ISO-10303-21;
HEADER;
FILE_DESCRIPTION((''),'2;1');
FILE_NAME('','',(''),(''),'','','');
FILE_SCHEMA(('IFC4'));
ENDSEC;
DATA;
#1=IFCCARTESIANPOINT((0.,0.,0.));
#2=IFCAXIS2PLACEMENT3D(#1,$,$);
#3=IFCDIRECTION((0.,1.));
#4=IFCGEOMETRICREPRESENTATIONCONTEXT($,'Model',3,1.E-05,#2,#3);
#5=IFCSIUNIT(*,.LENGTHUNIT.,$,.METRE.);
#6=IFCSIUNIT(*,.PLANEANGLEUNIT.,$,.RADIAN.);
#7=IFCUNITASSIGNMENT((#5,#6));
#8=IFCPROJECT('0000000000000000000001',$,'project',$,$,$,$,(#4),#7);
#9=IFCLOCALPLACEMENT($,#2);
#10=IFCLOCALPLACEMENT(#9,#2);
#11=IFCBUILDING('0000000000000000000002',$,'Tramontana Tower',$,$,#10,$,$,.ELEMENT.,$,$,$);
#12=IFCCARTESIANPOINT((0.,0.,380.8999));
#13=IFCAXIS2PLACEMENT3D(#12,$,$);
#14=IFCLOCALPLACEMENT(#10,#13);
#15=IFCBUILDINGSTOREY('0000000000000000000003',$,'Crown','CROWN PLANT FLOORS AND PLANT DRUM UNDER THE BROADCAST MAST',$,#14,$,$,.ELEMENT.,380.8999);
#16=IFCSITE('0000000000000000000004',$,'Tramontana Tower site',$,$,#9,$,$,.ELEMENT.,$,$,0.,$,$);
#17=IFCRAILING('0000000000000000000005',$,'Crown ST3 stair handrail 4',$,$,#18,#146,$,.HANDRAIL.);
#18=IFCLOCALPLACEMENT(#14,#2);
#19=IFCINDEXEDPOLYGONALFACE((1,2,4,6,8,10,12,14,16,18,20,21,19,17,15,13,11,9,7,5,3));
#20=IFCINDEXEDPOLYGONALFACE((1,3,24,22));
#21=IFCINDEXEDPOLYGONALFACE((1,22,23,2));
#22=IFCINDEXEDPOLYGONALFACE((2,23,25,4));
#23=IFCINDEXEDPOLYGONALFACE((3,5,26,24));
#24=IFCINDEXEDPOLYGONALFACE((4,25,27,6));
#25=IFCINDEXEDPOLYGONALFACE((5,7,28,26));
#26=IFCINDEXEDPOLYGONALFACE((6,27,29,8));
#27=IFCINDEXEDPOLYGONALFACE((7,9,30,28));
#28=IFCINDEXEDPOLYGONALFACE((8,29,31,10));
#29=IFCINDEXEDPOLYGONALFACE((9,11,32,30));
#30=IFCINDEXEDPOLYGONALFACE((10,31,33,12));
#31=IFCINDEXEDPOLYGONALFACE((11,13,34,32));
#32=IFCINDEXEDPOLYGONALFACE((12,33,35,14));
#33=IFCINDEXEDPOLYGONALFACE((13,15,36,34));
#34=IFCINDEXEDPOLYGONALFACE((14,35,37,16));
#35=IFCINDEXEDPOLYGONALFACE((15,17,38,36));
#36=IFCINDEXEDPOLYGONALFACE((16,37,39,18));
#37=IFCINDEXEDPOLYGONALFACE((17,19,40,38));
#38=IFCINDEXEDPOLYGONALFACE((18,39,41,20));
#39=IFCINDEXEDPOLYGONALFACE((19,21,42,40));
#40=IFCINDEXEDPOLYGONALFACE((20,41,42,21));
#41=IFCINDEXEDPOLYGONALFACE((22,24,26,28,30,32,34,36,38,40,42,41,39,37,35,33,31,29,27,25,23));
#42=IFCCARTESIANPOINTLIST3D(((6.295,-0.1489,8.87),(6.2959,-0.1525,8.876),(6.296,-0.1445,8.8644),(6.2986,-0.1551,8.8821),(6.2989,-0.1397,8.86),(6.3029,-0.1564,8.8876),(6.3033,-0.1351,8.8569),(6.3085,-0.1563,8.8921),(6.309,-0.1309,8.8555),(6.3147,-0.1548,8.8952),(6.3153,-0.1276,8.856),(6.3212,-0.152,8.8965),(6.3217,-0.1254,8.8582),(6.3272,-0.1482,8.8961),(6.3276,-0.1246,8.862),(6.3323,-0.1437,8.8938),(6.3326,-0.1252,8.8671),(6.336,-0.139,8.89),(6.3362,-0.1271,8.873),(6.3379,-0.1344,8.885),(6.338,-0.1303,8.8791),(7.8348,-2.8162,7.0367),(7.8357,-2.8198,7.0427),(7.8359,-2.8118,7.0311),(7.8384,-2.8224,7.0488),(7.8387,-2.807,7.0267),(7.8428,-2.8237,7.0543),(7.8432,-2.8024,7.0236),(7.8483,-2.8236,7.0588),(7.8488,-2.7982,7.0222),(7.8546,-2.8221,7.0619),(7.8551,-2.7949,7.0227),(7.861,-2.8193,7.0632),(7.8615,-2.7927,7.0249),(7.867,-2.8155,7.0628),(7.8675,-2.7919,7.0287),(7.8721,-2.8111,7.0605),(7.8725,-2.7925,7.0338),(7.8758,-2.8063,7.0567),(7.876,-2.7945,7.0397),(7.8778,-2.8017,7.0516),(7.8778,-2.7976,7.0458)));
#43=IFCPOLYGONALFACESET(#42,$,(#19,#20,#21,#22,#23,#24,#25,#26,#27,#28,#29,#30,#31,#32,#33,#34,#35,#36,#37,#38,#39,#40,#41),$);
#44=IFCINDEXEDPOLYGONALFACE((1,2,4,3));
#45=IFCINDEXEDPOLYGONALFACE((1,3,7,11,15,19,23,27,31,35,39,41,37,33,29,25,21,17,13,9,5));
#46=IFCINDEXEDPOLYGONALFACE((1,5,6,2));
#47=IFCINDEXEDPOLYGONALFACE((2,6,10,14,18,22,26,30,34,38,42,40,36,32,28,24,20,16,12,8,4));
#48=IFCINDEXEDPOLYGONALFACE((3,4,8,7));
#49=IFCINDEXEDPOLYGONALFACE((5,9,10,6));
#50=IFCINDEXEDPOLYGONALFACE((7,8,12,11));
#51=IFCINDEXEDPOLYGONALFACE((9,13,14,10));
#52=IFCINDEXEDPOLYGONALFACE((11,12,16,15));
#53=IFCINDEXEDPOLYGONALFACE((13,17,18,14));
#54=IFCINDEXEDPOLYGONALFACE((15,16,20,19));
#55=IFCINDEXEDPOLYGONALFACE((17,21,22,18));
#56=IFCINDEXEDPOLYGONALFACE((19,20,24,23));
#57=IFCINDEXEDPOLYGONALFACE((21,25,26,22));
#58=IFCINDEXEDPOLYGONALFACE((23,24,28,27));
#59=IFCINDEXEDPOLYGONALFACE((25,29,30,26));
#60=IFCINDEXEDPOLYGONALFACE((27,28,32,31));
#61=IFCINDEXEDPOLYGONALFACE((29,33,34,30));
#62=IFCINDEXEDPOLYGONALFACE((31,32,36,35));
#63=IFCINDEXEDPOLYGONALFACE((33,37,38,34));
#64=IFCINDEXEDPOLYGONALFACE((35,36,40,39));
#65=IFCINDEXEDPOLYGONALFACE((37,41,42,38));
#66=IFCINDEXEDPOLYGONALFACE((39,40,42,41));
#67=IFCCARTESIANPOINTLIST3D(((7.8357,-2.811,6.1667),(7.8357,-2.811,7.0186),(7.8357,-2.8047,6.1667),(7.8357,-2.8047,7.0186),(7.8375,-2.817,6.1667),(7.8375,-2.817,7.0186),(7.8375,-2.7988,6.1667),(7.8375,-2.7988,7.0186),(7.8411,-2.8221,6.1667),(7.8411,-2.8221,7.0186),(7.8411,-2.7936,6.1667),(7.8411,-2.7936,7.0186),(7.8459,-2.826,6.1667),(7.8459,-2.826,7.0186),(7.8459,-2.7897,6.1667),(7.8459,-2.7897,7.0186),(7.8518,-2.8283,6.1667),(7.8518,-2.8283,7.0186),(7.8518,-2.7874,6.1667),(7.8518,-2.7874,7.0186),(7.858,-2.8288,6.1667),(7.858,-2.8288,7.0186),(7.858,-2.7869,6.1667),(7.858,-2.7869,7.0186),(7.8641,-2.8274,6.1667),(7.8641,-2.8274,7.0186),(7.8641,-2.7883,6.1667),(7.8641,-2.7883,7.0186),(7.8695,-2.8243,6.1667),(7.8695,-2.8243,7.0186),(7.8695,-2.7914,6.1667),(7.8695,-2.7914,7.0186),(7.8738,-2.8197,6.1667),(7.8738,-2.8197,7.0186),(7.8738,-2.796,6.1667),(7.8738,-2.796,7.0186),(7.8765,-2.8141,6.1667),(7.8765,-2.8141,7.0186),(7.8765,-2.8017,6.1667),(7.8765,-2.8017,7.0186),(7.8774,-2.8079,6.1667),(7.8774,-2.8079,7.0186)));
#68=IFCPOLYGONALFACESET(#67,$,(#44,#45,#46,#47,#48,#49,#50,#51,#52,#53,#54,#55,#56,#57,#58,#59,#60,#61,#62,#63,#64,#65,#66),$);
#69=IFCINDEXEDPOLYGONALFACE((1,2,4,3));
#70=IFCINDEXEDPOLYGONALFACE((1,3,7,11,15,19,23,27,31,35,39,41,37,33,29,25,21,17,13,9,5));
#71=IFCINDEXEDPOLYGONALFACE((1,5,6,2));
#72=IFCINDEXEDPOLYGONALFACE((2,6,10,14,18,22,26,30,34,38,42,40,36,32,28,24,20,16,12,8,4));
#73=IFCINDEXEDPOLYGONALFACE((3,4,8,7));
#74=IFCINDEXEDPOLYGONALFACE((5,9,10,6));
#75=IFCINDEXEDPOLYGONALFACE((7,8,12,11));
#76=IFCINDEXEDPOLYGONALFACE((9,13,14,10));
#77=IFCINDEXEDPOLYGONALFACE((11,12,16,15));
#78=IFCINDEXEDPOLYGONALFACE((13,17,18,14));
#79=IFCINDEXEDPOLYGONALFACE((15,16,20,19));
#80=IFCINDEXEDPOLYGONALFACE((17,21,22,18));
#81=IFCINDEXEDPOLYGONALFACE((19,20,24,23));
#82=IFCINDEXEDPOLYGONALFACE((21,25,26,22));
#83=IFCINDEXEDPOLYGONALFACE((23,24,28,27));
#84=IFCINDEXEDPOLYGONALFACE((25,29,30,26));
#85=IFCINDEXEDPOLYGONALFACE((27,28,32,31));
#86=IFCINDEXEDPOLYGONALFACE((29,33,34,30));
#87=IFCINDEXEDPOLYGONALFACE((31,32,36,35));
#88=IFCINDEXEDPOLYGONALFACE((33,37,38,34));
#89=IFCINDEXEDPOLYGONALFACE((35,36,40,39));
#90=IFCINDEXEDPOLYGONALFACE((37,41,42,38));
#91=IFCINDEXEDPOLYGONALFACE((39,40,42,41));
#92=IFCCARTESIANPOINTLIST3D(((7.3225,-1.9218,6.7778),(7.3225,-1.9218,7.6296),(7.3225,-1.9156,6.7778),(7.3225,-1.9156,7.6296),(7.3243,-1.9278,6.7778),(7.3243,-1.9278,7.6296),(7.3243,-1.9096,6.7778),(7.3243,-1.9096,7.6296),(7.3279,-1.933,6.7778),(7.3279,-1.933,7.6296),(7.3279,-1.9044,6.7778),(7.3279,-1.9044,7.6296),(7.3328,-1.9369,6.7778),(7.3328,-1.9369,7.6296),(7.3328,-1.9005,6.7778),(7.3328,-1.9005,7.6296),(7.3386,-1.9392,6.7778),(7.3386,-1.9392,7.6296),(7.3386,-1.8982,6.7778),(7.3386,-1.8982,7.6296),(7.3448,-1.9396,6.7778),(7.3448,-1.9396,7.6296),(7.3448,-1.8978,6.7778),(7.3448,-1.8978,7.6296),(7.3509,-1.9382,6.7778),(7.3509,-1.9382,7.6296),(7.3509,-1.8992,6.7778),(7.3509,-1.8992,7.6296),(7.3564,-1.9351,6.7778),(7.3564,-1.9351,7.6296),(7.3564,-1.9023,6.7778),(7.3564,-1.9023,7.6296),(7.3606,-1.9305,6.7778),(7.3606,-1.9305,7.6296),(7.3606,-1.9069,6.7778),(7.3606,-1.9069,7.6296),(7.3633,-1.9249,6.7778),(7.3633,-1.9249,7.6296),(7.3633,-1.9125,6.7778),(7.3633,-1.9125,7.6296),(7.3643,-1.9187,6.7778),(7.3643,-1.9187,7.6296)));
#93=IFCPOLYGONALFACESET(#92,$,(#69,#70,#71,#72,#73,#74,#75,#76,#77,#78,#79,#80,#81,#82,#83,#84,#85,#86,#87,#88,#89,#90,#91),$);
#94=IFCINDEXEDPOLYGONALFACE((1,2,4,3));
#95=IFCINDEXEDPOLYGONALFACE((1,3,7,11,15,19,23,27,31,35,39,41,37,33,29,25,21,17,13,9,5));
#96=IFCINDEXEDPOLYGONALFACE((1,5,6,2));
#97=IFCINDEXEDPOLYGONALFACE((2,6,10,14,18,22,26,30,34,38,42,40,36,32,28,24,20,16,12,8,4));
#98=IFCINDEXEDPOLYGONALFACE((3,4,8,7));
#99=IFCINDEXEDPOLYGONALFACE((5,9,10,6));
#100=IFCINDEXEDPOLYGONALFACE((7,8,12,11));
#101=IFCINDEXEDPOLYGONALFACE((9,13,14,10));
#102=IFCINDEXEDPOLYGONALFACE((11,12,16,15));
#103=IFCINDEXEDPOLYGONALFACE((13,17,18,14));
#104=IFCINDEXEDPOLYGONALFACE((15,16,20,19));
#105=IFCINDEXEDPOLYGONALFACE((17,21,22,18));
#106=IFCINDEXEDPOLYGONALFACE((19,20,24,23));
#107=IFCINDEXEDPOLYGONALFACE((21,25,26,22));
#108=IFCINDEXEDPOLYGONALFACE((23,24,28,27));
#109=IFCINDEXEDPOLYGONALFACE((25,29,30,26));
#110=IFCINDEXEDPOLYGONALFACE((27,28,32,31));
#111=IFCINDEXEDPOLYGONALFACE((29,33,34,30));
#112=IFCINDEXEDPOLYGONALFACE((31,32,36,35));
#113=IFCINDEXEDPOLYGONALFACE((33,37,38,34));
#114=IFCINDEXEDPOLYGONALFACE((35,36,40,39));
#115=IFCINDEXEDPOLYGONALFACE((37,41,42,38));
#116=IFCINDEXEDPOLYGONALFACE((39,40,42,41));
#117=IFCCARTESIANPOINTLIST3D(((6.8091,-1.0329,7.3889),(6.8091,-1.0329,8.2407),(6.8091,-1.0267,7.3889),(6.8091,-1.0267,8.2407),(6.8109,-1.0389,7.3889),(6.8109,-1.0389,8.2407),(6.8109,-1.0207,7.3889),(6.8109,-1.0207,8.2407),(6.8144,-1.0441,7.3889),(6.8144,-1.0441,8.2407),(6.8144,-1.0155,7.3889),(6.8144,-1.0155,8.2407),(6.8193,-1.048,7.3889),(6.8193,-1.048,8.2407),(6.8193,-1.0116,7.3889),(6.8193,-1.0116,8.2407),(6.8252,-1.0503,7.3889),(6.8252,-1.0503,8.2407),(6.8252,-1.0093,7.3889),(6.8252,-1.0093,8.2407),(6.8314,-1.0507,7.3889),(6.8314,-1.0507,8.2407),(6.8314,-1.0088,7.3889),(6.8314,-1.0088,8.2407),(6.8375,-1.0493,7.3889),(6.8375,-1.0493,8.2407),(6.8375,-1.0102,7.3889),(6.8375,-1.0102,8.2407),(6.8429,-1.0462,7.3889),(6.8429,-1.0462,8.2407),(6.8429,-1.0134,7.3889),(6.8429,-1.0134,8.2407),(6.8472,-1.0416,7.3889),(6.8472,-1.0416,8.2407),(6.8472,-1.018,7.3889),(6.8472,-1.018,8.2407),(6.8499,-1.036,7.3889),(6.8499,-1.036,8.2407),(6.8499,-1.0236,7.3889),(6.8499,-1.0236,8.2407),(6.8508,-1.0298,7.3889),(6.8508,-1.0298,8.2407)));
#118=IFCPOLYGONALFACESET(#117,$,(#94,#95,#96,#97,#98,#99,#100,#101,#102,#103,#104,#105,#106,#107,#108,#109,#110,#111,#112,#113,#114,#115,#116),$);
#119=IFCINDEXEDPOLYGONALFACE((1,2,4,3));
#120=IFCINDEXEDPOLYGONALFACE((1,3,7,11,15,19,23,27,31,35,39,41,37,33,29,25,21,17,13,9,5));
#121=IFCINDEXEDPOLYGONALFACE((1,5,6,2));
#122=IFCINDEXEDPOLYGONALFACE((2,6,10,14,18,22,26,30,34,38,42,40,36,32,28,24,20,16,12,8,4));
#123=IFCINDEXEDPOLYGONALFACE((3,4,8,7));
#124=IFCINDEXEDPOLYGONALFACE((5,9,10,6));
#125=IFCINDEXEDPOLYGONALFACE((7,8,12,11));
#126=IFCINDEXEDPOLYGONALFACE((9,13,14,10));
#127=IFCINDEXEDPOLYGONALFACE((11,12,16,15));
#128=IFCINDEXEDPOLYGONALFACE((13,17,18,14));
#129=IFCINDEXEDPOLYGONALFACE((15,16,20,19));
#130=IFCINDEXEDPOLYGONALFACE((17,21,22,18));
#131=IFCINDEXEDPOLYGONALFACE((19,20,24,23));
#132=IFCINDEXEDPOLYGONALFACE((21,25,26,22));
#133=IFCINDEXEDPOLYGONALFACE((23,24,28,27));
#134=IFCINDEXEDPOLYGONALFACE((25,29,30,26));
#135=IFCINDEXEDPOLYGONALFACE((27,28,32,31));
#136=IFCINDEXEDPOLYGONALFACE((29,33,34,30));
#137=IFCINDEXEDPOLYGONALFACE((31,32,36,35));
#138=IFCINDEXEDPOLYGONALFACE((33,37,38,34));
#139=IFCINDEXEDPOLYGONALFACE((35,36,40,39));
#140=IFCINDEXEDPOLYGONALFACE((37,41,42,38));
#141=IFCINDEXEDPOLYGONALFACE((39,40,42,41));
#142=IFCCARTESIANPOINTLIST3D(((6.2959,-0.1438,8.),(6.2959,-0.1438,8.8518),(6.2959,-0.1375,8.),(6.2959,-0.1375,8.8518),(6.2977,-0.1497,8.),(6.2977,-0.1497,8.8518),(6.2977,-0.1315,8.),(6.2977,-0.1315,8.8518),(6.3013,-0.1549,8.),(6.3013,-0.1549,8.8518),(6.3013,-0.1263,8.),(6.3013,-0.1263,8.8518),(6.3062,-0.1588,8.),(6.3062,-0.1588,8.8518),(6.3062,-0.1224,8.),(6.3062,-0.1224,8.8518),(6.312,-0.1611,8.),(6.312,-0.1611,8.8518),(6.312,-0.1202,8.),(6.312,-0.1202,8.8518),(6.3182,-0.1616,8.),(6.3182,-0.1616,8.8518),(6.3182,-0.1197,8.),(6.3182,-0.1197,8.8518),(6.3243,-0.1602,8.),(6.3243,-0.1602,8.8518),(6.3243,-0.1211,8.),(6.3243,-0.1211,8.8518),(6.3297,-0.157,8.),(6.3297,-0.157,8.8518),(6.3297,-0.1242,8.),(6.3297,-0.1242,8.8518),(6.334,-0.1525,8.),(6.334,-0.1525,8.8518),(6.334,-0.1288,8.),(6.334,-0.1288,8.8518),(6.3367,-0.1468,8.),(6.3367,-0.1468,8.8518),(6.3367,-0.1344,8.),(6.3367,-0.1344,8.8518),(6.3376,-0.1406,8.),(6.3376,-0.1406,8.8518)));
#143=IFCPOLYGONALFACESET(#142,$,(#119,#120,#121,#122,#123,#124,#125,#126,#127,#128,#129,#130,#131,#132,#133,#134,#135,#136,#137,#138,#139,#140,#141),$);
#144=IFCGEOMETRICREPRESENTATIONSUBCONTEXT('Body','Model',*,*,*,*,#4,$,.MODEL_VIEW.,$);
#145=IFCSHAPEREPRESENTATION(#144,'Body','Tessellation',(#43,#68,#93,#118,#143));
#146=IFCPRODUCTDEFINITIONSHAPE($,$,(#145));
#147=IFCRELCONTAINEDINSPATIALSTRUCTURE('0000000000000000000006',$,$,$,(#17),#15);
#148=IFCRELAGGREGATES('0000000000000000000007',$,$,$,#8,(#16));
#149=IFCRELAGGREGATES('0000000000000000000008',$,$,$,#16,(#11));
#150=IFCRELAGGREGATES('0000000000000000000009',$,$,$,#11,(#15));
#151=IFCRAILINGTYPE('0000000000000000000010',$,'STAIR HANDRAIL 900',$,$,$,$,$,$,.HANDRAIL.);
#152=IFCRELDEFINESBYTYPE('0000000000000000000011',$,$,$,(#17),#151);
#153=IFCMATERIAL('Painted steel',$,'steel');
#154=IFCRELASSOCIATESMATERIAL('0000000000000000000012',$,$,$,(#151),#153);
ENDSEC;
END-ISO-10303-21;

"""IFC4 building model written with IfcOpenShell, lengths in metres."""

from ifc_helpers import new_model, si_unit, direction, frame, origin, origin_2d, place, context, subcontext, project, spatial, circle, extrude, material, type_object, element, save


model = new_model("IFC4")

# Units and contexts
model_context = context("Model", 3, precision=1e-05, world=origin(), true_north=direction((0.0, 1.0)))
body_context = subcontext(model_context, "Body", "Model", "MODEL_VIEW")
ifc_project = project(units=[si_unit("LENGTHUNIT", "METRE"), si_unit("PLANEANGLEUNIT", "RADIAN")], contexts=[model_context])

# Site, building, storey
site_placement = place(None, origin())
site = spatial("IfcSite", under=ifc_project, at=site_placement, Name="Tramontana Tower site", CompositionType="ELEMENT", RefElevation=0.0)
building_placement = place(site_placement, origin())
building = spatial("IfcBuilding", under=site, at=building_placement, Name="Tramontana Tower", CompositionType="ELEMENT")
storey_placement = place(building_placement, frame((0.0, 0.0, 380.8999)))
storey = spatial("IfcBuildingStorey", under=building, at=storey_placement, Name="Crown", Description="CROWN PLANT FLOORS AND PLANT DRUM UNDER THE BROADCAST MAST", CompositionType="ELEMENT", Elevation=380.8999)

# Railing
ifc_material_1 = material(Name="Painted steel", Category="steel")
railing_type_1 = type_object("IfcRailingType", Name="STAIR HANDRAIL 900", PredefinedType="HANDRAIL", material=ifc_material_1)
railing_1_placement = place(storey_placement, frame((7.8564, -2.8079, 6.1667)))
element("IfcRailing", 1, at=railing_1_placement, inside=storey, type_object=railing_type_1, Name="Crown ST3 stair handrail 4", PredefinedType="HANDRAIL", context=body_context, shape_type="SweptSolid", body=[
    extrude(circle(Radius=0.0239, at=origin_2d()), frame((0.0, 0.0, 0.876), z_axis=(-0.429616, 0.744181, 0.511493), x_axis=(-0.866044, -0.499967, 0.0)), (0.0, 0.0, 1.0), 3.5842),
    extrude(circle(Radius=0.021, at=origin_2d()), origin(), (0.0, 0.0, 1.0), 0.8518),
    extrude(circle(Radius=0.021, at=origin_2d()), frame((-0.5132, 0.8892, 0.6111)), (0.0, 0.0, 1.0), 0.8518),
    extrude(circle(Radius=0.021, at=origin_2d()), frame((-1.0266, 1.7781, 1.2222)), (0.0, 0.0, 1.0), 0.8518),
    extrude(circle(Radius=0.021, at=origin_2d()), frame((-1.5398, 2.6672, 1.8333)), (0.0, 0.0, 1.0), 0.8518),
])

save(model, "model.ifc")
